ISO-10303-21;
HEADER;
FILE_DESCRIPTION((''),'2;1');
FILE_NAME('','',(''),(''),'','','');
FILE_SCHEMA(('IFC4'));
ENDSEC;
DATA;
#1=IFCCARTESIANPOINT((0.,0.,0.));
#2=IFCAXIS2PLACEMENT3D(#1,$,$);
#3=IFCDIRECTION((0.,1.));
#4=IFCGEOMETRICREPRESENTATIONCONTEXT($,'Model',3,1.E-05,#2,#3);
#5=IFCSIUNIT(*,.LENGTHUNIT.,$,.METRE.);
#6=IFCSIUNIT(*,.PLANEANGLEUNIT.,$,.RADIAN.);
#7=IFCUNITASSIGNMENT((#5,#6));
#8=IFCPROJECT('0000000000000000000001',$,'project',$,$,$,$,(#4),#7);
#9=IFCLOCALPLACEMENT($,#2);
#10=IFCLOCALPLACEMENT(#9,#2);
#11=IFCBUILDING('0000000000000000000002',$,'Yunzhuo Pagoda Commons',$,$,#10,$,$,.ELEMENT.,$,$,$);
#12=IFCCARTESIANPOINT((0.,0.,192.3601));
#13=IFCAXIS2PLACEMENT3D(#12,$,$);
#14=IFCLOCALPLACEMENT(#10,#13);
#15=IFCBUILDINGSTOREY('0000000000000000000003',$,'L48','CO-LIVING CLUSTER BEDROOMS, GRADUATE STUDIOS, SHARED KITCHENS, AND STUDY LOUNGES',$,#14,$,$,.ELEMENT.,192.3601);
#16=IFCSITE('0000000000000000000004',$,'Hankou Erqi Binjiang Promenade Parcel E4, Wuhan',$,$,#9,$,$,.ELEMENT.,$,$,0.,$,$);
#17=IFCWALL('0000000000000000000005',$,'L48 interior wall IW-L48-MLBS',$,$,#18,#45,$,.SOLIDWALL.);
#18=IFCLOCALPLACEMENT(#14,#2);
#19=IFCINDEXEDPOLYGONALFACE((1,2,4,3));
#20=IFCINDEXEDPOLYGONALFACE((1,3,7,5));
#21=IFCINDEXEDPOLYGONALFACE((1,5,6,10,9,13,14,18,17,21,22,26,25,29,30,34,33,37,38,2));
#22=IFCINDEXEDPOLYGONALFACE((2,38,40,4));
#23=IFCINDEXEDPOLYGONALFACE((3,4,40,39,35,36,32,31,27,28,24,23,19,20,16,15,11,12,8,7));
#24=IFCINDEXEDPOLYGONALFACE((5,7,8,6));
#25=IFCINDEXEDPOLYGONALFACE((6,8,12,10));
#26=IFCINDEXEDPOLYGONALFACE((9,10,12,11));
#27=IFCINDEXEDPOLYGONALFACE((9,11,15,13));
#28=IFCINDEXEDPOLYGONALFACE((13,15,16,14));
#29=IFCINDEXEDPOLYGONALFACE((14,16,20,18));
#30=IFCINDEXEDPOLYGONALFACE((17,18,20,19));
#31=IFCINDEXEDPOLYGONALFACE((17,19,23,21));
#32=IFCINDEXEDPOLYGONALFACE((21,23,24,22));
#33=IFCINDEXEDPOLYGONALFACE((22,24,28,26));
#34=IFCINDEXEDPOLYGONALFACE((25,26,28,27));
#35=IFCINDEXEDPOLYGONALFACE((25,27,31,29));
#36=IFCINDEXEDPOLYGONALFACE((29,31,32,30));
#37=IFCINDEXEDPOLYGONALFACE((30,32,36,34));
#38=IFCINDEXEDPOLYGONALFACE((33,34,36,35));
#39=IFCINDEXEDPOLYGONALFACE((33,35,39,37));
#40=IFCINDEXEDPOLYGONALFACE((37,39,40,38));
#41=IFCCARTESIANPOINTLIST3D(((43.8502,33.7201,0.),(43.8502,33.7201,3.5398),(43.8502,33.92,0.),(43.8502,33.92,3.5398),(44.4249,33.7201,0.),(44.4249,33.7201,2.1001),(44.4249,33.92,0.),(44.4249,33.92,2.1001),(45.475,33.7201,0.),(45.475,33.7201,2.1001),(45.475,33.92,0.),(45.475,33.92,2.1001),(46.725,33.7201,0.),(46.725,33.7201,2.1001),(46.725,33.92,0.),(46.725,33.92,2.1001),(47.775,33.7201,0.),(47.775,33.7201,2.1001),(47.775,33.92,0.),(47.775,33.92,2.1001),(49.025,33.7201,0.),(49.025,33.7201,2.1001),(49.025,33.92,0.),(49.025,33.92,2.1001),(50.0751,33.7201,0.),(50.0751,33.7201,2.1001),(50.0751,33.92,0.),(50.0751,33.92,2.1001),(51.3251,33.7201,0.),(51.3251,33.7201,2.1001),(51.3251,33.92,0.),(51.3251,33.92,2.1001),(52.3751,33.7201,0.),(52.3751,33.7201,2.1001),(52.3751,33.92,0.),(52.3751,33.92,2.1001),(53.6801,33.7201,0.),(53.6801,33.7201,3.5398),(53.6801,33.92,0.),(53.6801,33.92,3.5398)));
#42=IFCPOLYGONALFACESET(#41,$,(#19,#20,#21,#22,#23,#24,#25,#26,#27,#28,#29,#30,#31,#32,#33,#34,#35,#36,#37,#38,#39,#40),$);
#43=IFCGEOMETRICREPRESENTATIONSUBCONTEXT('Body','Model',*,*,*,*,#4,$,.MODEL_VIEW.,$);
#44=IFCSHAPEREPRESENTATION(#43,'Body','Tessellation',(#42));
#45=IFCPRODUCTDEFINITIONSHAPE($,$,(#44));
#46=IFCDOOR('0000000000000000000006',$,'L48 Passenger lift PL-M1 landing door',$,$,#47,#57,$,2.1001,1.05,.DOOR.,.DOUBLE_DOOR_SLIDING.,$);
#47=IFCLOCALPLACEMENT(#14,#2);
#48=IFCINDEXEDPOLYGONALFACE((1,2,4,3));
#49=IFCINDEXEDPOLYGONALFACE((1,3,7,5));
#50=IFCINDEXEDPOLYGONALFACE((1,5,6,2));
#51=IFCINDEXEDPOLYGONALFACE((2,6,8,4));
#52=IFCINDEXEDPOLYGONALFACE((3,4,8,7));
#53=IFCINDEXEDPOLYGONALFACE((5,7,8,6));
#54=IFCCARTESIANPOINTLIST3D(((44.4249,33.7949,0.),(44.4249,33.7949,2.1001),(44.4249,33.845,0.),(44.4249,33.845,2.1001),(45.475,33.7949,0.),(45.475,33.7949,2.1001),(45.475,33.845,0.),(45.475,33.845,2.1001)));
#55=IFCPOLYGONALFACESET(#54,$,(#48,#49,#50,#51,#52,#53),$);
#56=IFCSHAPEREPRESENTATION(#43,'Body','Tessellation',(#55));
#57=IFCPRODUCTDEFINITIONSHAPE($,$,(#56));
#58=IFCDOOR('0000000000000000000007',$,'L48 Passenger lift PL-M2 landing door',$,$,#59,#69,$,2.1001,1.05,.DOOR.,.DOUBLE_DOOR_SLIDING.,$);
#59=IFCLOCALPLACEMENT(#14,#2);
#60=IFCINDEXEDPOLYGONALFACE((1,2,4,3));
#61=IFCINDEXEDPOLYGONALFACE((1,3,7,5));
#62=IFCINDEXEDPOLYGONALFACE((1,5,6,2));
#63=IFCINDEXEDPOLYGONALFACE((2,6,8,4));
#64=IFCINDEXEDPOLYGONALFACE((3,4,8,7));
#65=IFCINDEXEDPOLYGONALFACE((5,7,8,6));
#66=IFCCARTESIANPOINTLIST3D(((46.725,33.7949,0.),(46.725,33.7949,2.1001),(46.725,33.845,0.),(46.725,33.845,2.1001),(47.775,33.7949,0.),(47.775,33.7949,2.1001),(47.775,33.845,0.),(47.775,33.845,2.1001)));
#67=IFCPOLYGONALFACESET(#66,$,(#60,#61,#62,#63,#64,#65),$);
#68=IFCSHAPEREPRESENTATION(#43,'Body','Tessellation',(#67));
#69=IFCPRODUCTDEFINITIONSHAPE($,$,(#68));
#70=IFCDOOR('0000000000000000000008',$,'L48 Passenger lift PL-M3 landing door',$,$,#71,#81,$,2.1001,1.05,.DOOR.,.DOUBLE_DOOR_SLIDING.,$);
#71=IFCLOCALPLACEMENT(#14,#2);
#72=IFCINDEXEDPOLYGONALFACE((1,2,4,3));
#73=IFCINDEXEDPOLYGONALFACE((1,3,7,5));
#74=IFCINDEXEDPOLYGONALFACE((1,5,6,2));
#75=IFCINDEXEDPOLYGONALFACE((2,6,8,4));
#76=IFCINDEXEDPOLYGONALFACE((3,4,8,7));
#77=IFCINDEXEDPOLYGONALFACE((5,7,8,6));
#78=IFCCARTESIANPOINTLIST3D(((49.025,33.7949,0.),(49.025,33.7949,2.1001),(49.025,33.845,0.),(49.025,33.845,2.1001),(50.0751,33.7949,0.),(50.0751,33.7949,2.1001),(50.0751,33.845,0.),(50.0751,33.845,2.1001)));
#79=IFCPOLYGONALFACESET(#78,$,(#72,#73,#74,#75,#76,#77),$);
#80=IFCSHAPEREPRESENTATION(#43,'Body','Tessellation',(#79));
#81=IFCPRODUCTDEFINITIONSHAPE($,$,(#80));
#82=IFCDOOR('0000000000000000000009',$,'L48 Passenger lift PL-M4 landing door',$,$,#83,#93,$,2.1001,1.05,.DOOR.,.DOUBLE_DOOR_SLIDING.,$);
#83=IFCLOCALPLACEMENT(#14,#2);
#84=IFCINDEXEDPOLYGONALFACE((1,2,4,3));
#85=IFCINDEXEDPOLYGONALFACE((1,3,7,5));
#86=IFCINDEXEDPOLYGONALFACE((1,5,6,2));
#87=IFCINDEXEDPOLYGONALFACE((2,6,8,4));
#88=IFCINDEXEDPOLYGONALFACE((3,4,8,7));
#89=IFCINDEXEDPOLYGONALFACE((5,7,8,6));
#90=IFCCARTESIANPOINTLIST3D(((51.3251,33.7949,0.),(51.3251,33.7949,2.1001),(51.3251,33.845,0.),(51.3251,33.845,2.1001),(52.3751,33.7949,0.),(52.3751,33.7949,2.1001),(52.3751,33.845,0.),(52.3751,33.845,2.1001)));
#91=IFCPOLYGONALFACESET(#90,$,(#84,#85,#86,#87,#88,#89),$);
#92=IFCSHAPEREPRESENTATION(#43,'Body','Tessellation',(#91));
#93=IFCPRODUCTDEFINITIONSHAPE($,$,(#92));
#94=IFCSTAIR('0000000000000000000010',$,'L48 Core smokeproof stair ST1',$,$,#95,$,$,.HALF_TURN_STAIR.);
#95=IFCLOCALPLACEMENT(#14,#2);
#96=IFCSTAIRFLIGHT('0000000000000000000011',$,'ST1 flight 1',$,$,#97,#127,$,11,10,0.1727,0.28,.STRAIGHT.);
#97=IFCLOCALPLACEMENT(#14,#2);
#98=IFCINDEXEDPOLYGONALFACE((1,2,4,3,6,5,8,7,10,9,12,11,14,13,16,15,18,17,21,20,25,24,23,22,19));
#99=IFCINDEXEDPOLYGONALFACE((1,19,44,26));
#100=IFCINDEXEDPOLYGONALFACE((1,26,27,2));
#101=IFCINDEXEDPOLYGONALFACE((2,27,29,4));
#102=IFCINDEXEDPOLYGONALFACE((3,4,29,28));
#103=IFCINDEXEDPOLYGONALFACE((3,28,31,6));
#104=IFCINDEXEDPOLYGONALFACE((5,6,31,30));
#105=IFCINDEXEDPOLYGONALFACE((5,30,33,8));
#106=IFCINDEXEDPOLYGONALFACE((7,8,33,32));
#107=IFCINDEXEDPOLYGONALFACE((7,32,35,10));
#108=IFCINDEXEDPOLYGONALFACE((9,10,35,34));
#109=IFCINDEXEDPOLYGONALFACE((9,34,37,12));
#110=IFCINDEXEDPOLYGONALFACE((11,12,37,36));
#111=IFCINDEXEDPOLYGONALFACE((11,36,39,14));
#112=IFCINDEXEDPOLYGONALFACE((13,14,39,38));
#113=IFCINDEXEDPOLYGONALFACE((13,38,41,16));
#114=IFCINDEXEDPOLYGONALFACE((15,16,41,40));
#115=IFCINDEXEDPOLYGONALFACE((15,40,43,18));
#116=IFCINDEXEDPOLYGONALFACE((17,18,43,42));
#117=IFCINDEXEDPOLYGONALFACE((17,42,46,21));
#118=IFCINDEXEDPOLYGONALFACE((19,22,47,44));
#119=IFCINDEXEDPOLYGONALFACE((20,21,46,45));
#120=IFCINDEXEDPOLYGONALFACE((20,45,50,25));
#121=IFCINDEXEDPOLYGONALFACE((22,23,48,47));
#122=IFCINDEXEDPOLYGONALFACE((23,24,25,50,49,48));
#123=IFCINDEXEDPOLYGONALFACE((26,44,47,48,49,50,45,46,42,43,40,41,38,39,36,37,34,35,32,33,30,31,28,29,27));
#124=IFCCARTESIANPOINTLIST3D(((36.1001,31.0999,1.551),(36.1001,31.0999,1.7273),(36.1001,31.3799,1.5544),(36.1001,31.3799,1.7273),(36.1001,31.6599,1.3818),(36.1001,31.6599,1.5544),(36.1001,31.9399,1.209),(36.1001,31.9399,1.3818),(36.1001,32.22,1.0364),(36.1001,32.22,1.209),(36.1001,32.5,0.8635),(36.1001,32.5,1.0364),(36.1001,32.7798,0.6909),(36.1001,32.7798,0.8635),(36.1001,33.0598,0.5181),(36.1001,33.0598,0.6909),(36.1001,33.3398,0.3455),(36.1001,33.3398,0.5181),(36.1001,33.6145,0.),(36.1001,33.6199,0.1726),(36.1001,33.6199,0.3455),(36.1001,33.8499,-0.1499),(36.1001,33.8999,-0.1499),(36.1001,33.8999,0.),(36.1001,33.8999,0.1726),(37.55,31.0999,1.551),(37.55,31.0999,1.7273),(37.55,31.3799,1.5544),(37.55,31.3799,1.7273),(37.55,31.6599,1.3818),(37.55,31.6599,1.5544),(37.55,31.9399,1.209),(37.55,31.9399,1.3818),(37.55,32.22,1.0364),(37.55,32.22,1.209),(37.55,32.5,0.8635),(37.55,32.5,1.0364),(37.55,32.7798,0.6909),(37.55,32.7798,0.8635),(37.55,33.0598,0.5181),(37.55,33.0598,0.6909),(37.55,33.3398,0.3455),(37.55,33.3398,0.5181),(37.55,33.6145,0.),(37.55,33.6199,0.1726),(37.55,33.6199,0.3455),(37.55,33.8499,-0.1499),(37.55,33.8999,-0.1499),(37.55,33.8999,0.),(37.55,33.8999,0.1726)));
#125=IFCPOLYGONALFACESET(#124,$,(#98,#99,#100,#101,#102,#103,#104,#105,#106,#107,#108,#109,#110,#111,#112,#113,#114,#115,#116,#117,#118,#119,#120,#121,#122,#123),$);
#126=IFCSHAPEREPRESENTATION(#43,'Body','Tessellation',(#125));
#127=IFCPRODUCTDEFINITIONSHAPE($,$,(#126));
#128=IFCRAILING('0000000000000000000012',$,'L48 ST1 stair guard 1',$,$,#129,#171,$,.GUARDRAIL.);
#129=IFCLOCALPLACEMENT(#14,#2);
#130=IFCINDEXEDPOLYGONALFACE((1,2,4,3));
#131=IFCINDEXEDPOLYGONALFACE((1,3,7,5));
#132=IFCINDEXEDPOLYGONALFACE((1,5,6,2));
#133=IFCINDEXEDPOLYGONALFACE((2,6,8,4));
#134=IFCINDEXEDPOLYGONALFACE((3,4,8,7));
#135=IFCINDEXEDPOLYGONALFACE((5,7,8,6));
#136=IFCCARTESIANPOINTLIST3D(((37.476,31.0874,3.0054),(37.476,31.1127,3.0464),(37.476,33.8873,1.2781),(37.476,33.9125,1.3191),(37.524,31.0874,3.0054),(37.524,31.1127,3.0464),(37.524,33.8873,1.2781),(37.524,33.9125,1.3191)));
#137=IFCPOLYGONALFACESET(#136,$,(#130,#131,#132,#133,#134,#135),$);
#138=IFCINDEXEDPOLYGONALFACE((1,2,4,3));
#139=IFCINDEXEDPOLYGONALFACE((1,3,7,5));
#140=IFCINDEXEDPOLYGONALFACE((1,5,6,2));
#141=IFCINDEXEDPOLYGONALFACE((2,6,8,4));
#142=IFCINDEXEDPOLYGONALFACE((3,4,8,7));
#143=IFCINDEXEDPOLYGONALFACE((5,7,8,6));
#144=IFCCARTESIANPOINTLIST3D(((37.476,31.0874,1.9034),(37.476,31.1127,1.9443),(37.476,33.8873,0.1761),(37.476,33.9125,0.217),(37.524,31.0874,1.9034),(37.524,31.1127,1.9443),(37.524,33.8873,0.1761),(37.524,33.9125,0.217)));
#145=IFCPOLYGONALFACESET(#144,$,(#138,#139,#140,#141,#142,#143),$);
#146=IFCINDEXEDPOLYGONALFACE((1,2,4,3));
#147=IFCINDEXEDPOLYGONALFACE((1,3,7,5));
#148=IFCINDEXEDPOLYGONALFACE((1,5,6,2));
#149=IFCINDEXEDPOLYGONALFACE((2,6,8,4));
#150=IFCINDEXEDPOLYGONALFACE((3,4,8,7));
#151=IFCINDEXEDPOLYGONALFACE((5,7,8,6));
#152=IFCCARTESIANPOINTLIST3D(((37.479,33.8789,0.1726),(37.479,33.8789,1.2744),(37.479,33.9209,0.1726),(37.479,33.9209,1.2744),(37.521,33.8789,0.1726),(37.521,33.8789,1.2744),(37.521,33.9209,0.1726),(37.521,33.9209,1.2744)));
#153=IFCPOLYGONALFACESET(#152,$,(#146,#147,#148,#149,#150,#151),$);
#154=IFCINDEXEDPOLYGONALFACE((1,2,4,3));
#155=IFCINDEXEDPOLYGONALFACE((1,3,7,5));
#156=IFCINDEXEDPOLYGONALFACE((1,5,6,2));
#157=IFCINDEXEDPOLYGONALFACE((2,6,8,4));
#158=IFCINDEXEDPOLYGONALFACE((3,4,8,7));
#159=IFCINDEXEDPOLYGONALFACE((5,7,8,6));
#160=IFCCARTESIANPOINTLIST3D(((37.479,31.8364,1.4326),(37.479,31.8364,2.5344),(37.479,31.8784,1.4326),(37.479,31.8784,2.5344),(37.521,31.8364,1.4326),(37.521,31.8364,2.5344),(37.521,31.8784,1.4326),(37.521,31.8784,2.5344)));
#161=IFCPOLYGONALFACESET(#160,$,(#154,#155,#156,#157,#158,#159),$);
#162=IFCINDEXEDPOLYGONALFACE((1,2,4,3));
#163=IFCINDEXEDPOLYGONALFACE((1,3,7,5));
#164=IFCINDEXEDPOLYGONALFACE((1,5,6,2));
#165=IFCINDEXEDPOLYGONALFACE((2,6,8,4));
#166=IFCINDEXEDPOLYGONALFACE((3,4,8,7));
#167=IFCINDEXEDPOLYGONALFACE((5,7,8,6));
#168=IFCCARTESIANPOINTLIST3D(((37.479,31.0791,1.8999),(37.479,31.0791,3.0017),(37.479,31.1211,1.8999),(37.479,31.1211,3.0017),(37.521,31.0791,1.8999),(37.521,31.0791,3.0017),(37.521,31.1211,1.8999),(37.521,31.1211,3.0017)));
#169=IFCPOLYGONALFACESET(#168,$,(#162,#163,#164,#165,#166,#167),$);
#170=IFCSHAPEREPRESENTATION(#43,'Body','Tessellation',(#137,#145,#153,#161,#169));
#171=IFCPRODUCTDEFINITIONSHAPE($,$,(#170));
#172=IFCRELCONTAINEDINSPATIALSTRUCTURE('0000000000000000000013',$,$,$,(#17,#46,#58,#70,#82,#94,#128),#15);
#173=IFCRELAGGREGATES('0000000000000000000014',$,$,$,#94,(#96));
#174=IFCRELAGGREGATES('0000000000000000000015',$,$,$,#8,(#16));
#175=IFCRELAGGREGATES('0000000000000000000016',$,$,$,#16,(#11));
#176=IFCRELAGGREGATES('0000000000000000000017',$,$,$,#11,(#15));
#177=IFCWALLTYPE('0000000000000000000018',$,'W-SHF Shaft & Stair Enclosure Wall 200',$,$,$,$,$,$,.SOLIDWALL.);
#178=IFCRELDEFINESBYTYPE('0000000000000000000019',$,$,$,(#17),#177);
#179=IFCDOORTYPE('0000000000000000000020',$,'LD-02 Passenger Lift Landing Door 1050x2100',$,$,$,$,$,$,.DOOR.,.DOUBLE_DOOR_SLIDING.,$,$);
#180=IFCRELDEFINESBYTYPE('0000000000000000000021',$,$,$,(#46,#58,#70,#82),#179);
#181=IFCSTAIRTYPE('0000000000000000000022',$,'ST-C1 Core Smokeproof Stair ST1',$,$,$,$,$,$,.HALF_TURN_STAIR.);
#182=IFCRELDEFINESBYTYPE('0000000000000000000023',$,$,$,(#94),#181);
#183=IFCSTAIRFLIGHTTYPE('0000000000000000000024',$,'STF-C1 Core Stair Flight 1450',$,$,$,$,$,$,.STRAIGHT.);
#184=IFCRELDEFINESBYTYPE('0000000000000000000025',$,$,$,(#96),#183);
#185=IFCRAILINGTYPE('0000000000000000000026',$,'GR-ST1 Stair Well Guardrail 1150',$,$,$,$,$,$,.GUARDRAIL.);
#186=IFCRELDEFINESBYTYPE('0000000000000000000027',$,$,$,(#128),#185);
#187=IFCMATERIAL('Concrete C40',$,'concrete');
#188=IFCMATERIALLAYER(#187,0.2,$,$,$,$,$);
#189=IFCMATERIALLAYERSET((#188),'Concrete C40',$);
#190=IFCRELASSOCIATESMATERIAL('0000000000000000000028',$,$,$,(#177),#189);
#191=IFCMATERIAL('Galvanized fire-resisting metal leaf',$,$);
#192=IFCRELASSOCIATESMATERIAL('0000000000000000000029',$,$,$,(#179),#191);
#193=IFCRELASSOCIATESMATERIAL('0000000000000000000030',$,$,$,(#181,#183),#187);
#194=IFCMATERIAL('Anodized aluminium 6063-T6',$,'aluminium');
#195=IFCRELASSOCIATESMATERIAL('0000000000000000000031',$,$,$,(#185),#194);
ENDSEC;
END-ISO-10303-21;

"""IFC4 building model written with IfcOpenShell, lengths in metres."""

from ifc_helpers import new_model, si_unit, direction, frame, frame_2d, origin, origin_with_axes, origin_2d, place, context, subcontext, project, spatial, polyline, rectangle, outline, extrude, source, transform, mapped, material, layer, layer_set, type_object, element, fill, aggregate, save


model = new_model("IFC4")

# Units and contexts
model_context = context("Model", 3, precision=1e-05, world=origin(), true_north=direction((0.0, 1.0)))
body_context = subcontext(model_context, "Body", "Model", "MODEL_VIEW")
ifc_project = project(units=[si_unit("LENGTHUNIT", "METRE"), si_unit("PLANEANGLEUNIT", "RADIAN")], contexts=[model_context])

# Site, building, storey
site_placement = place(None, origin())
site = spatial("IfcSite", under=ifc_project, at=site_placement, Name="Hankou Erqi Binjiang Promenade Parcel E4, Wuhan", CompositionType="ELEMENT", RefElevation=0.0)
building_placement = place(site_placement, origin())
building = spatial("IfcBuilding", under=site, at=building_placement, Name="Yunzhuo Pagoda Commons", CompositionType="ELEMENT")
storey_placement = place(building_placement, frame((0.0, 0.0, 192.3601)))
storey = spatial("IfcBuildingStorey", under=building, at=storey_placement, Name="L48", Description="CO-LIVING CLUSTER BEDROOMS, GRADUATE STUDIOS, SHARED KITCHENS, AND STUDY LOUNGES", CompositionType="ELEMENT", Elevation=192.3601)

# Shared definitions
ifc_material_1 = material(Name="Galvanized fire-resisting metal leaf")
shared_shape_1 = source(origin(), body_context, "Body", "SweptSolid", [
    extrude(rectangle(XDim=1.05, YDim=2.1001, at=frame_2d((0.5249, 1.05))), frame((0.0, 0.0249, 0.0), z_axis=(0.0, -1.0, 0.0), x_axis=(1.0, 0.0, 0.0)), (0.0, 0.0, 1.0), 0.05),
])
ifc_material_2 = material(Name="Concrete C40", Category="concrete")
ifc_layer_1 = layer(ifc_material_2, 0.2)
ifc_layer_set_1 = layer_set([ifc_layer_1], Name="Concrete C40")
wall_type_1 = type_object("IfcWallType", Name="W-SHF Shaft & Stair Enclosure Wall 200", PredefinedType="SOLIDWALL", material=ifc_layer_set_1)
door_type_1 = type_object("IfcDoorType", Name="LD-02 Passenger Lift Landing Door 1050x2100", OperationType="DOUBLE_DOOR_SLIDING", PredefinedType="DOOR", material=ifc_material_1)

# Wall, openings, doors
wall_1_placement = place(storey_placement, frame((43.8501, 33.8201, 0.0), z_axis=(0.0, 0.0, 1.0), x_axis=(1.0, 0.0, 0.0)))
wall_1 = element("IfcWall", 1, at=wall_1_placement, inside=storey, type_object=wall_type_1, Name="L48 interior wall IW-L48-MLBS", PredefinedType="SOLIDWALL", context=body_context, shape_type="SweptSolid", body=[
    extrude(rectangle(XDim=9.8298, YDim=0.2, at=frame_2d((4.915, 0.0))), origin(), (0.0, 0.0, 1.0), 3.5398),
])
opening_1_placement = place(wall_1_placement, frame((0.575, 0.0, 0.0)))
opening_1 = element("IfcOpeningElement", 2, at=opening_1_placement, cuts=wall_1, PredefinedType="OPENING", context=body_context, shape_type="SweptSolid", body=[
    extrude(rectangle(XDim=1.05, YDim=2.1001, at=frame_2d((0.5249, 1.05))), frame((0.0, 0.1099, 0.0), z_axis=(0.0, -1.0, 0.0), x_axis=(1.0, 0.0, 0.0)), (0.0, 0.0, 1.0), 0.22),
])
opening_2_placement = place(wall_1_placement, frame((2.875, 0.0, 0.0)))
opening_2 = element("IfcOpeningElement", 3, at=opening_2_placement, cuts=wall_1, PredefinedType="OPENING", context=body_context, shape_type="SweptSolid", body=[
    extrude(rectangle(XDim=1.05, YDim=2.1001, at=frame_2d((0.5249, 1.05))), frame((0.0, 0.1099, 0.0), z_axis=(0.0, -1.0, 0.0), x_axis=(1.0, 0.0, 0.0)), (0.0, 0.0, 1.0), 0.22),
])
opening_3_placement = place(wall_1_placement, frame((5.175, 0.0, 0.0)))
opening_3 = element("IfcOpeningElement", 4, at=opening_3_placement, cuts=wall_1, PredefinedType="OPENING", context=body_context, shape_type="SweptSolid", body=[
    extrude(rectangle(XDim=1.05, YDim=2.1001, at=frame_2d((0.5249, 1.05))), frame((0.0, 0.1099, 0.0), z_axis=(0.0, -1.0, 0.0), x_axis=(1.0, 0.0, 0.0)), (0.0, 0.0, 1.0), 0.22),
])
opening_4_placement = place(wall_1_placement, frame((7.4751, 0.0, 0.0)))
opening_4 = element("IfcOpeningElement", 5, at=opening_4_placement, cuts=wall_1, PredefinedType="OPENING", context=body_context, shape_type="SweptSolid", body=[
    extrude(rectangle(XDim=1.05, YDim=2.1001, at=frame_2d((0.5249, 1.05))), frame((0.0, 0.1099, 0.0), z_axis=(0.0, -1.0, 0.0), x_axis=(1.0, 0.0, 0.0)), (0.0, 0.0, 1.0), 0.22),
])
door_1_placement = place(opening_1_placement, origin_with_axes())
door_1 = element("IfcDoor", 6, at=door_1_placement, inside=storey, type_object=door_type_1, Name="L48 Passenger lift PL-M1 landing door", OperationType="DOUBLE_DOOR_SLIDING", OverallHeight=2.1001, OverallWidth=1.05, PredefinedType="DOOR", context=body_context, shape_type="MappedRepresentation", body=[
    mapped(shared_shape_1, transform((0.0, 0.0, 0.0), scale=1.0)),
])
fill(opening_1, door_1)
door_2_placement = place(opening_2_placement, origin_with_axes())
door_2 = element("IfcDoor", 7, at=door_2_placement, inside=storey, type_object=door_type_1, Name="L48 Passenger lift PL-M2 landing door", OperationType="DOUBLE_DOOR_SLIDING", OverallHeight=2.1001, OverallWidth=1.05, PredefinedType="DOOR", context=body_context, shape_type="MappedRepresentation", body=[
    mapped(shared_shape_1, transform((0.0, 0.0, 0.0), scale=1.0)),
])
fill(opening_2, door_2)
door_3_placement = place(opening_3_placement, origin_with_axes())
door_3 = element("IfcDoor", 8, at=door_3_placement, inside=storey, type_object=door_type_1, Name="L48 Passenger lift PL-M3 landing door", OperationType="DOUBLE_DOOR_SLIDING", OverallHeight=2.1001, OverallWidth=1.05, PredefinedType="DOOR", context=body_context, shape_type="MappedRepresentation", body=[
    mapped(shared_shape_1, transform((0.0, 0.0, 0.0), scale=1.0)),
])
fill(opening_3, door_3)
door_4_placement = place(opening_4_placement, origin_with_axes())
door_4 = element("IfcDoor", 9, at=door_4_placement, inside=storey, type_object=door_type_1, Name="L48 Passenger lift PL-M4 landing door", OperationType="DOUBLE_DOOR_SLIDING", OverallHeight=2.1001, OverallWidth=1.05, PredefinedType="DOOR", context=body_context, shape_type="MappedRepresentation", body=[
    mapped(shared_shape_1, transform((0.0, 0.0, 0.0), scale=1.0)),
])
fill(opening_4, door_4)

# Stair, stair flight
stair_type = type_object("IfcStairType", Name="ST-C1 Core Smokeproof Stair ST1", PredefinedType="HALF_TURN_STAIR", material=ifc_material_2)
stair_placement = place(storey_placement, origin())
stair = element("IfcStair", 10, at=stair_placement, inside=storey, type_object=stair_type, Name="L48 Core smokeproof stair ST1", PredefinedType="HALF_TURN_STAIR")
stair_flight_type = type_object("IfcStairFlightType", Name="STF-C1 Core Stair Flight 1450", PredefinedType="STRAIGHT", material=ifc_material_2)
shared_shape_2 = source(origin(), body_context, "Body", "SweptSolid", [
    extrude(outline(polyline([(0.0, -0.1499), (0.0, 0.0), (0.0, 0.1726), (0.28, 0.1726), (0.28, 0.3455), (0.5601, 0.3455), (0.5601, 0.5181), (0.8401, 0.5181), (0.8401, 0.6909), (1.1201, 0.6909), (1.1201, 0.8635), (1.3999, 0.8635), (1.3999, 1.0364), (1.6799, 1.0364), (1.6799, 1.209), (1.96, 1.209), (1.96, 1.3818), (2.24, 1.3818), (2.24, 1.5544), (2.52, 1.5544), (2.52, 1.7273), (2.8, 1.7273), (2.8, 1.8999), (2.8, 1.551), (0.2854, 0.0), (0.05, -0.1499), (0.0, -0.1499)])), frame((0.0, 0.7251, 0.0), z_axis=(0.0, -1.0, 0.0), x_axis=(1.0, 0.0, 0.0)), (0.0, 0.0, 1.0), 1.45),
])
stair_flight_placement = place(storey_placement, frame((36.825, 33.8999, 0.0), z_axis=(0.0, 0.0, 1.0), x_axis=(0.0, -1.0, 0.0)))
stair_flight = element("IfcStairFlight", 11, at=stair_flight_placement, type_object=stair_flight_type, Name="ST1 flight 1", NumberOfRisers=11, NumberOfTreads=10, PredefinedType="STRAIGHT", RiserHeight=0.1727, TreadLength=0.28, context=body_context, shape_type="MappedRepresentation", body=[
    mapped(shared_shape_2, transform((0.0, 0.0, 0.0), scale=1.0)),
])
aggregate(stair, [stair_flight])

# Railing
ifc_material_3 = material(Name="Anodized aluminium 6063-T6", Category="aluminium")
railing_type_1 = type_object("IfcRailingType", Name="GR-ST1 Stair Well Guardrail 1150", PredefinedType="GUARDRAIL", material=ifc_material_3)
railing_1_placement = place(storey_placement, frame((37.5, 33.8999, 0.1726)))
element("IfcRailing", 12, at=railing_1_placement, inside=storey, type_object=railing_type_1, Name="L48 ST1 stair guard 1", PredefinedType="GUARDRAIL", context=body_context, shape_type="SweptSolid", body=[
    extrude(rectangle(XDim=0.0481, YDim=0.0481, at=origin_2d()), frame((0.0, 0.0, 1.126), z_axis=(0.0, -0.851069, 0.525054), x_axis=(1.0, 0.0, 0.0)), (0.0, 0.0, 1.0), 3.2898),
    extrude(rectangle(XDim=0.0481, YDim=0.0481, at=origin_2d()), frame((0.0, 0.0, 0.0239), z_axis=(0.0, -0.851069, 0.525054), x_axis=(1.0, 0.0, 0.0)), (0.0, 0.0, 1.0), 3.2898),
    extrude(rectangle(XDim=0.042, YDim=0.042, at=origin_2d()), origin(), (0.0, 0.0, 1.0), 1.1018),
    extrude(rectangle(XDim=0.042, YDim=0.042, at=origin_2d()), frame((0.0, -2.0425, 1.26)), (0.0, 0.0, 1.0), 1.1018),
    extrude(rectangle(XDim=0.042, YDim=0.042, at=origin_2d()), frame((0.0, -2.7998, 1.7273)), (0.0, 0.0, 1.0), 1.1018),
])

save(model, "model.ifc")
